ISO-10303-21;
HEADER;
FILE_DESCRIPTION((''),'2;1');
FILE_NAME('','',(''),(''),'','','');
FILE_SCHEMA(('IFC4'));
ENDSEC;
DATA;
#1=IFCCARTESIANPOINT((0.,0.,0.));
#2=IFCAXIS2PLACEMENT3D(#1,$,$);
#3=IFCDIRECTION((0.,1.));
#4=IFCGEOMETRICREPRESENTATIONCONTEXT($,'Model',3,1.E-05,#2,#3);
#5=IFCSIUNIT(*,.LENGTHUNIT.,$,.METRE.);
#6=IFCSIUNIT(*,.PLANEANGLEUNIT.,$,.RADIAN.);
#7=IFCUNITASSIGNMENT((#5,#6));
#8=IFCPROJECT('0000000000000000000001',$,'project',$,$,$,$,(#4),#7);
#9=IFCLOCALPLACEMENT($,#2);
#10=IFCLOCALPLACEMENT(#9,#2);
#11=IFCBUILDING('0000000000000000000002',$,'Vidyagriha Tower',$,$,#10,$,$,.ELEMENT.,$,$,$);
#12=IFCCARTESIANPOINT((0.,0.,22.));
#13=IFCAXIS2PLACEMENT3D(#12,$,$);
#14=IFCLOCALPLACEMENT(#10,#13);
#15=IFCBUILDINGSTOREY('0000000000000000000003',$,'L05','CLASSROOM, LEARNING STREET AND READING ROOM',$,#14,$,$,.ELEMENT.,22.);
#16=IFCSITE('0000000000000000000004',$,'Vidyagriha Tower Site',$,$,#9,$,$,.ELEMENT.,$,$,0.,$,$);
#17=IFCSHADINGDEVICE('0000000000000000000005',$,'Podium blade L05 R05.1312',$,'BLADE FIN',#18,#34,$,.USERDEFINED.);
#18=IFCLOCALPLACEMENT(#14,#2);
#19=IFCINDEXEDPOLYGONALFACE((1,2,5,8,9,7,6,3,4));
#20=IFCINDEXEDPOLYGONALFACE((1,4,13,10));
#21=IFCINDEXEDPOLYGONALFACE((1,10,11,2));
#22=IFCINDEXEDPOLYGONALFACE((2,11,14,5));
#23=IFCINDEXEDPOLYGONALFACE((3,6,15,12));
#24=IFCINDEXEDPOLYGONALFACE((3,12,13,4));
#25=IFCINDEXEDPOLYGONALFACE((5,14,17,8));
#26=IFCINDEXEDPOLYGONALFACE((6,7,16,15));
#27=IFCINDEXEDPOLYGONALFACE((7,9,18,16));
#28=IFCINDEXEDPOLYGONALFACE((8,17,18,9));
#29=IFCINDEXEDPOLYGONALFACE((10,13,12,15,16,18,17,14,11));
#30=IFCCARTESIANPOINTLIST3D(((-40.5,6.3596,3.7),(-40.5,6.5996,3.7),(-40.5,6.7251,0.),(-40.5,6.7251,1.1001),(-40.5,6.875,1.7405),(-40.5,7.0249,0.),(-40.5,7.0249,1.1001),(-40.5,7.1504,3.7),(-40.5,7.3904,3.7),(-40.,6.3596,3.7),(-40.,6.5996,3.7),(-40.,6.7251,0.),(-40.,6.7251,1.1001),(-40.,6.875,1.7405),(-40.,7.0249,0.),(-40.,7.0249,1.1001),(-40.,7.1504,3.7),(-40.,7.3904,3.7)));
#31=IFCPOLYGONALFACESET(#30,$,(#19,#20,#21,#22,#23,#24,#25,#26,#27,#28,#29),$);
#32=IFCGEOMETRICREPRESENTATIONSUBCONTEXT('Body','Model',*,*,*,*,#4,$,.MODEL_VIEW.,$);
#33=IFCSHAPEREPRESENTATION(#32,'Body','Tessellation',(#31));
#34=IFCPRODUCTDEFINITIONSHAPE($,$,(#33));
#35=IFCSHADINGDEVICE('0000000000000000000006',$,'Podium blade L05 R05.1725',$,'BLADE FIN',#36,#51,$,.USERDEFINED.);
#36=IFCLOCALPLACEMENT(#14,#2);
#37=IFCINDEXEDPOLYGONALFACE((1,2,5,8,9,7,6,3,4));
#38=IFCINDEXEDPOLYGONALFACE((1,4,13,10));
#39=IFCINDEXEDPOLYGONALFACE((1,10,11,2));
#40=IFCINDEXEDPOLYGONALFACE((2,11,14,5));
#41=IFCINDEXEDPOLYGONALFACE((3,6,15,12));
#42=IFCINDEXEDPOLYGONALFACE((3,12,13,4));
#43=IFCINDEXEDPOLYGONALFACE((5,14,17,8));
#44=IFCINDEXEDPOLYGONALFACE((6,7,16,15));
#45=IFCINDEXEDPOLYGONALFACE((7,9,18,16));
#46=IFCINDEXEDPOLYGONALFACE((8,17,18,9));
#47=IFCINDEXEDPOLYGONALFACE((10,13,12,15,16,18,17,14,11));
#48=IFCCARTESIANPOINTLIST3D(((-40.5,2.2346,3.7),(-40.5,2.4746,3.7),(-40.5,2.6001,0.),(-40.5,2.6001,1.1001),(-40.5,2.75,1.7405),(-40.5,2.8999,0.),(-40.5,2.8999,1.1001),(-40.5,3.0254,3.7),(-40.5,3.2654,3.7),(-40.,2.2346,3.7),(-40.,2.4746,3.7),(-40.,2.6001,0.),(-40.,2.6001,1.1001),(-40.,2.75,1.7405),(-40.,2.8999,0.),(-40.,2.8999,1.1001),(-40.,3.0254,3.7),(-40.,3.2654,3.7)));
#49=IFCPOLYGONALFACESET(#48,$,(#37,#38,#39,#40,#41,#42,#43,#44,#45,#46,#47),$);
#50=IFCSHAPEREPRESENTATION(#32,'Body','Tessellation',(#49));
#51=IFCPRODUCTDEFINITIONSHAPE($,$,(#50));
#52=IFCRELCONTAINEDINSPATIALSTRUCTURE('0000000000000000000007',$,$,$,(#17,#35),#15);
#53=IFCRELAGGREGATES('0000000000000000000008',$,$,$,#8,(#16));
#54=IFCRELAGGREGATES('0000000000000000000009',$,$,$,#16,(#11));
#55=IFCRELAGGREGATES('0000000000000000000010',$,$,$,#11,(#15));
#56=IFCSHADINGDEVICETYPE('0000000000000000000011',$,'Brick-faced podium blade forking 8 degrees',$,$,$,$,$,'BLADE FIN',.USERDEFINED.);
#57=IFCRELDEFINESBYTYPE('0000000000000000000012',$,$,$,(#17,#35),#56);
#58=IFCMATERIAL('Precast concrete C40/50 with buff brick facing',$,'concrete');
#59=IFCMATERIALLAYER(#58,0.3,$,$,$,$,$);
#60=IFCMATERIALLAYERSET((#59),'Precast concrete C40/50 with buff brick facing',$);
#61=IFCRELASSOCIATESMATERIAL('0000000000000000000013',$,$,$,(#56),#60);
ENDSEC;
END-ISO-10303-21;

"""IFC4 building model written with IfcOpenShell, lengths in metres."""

from ifc_helpers import new_model, si_unit, direction, frame, origin, place, context, subcontext, project, spatial, polyline, outline, extrude, material, layer, layer_set, type_object, element, save


model = new_model("IFC4")

# Units and contexts
model_context = context("Model", 3, precision=1e-05, world=origin(), true_north=direction((0.0, 1.0)))
body_context = subcontext(model_context, "Body", "Model", "MODEL_VIEW")
ifc_project = project(units=[si_unit("LENGTHUNIT", "METRE"), si_unit("PLANEANGLEUNIT", "RADIAN")], contexts=[model_context])

# Site, building, storey
site_placement = place(None, origin())
site = spatial("IfcSite", under=ifc_project, at=site_placement, Name="Vidyagriha Tower Site", CompositionType="ELEMENT", RefElevation=0.0)
building_placement = place(site_placement, origin())
building = spatial("IfcBuilding", under=site, at=building_placement, Name="Vidyagriha Tower", CompositionType="ELEMENT")
storey_placement = place(building_placement, frame((0.0, 0.0, 22.0)))
storey = spatial("IfcBuildingStorey", under=building, at=storey_placement, Name="L05", Description="CLASSROOM, LEARNING STREET AND READING ROOM", CompositionType="ELEMENT", Elevation=22.0)

# Shading devices
ifc_material_1 = material(Name="Precast concrete C40/50 with buff brick facing", Category="concrete")
ifc_layer_1 = layer(ifc_material_1, 0.3)
ifc_layer_set_1 = layer_set([ifc_layer_1], Name="Precast concrete C40/50 with buff brick facing")
shading_device_type_1 = type_object("IfcShadingDeviceType", Name="Brick-faced podium blade forking 8 degrees", ElementType="BLADE FIN", PredefinedType="USERDEFINED", material=ifc_layer_set_1)
for number, where, z_axis, x_axis, name in (
    (1, (-40.25, 7.3904, 0.0), (0.0, 0.0, 1.0), (0.0, -1.0, 0.0), "Podium blade L05 R05.1312"),
    (2, (-40.25, 3.2654, 0.0), (0.0, 0.0, 1.0), (0.0, -1.0, 0.0), "Podium blade L05 R05.1725"),
):
    element("IfcShadingDevice", number, at=place(storey_placement, frame(where, z_axis=z_axis, x_axis=x_axis)), inside=storey, type_object=shading_device_type_1, Name=name, ObjectType="BLADE FIN", PredefinedType="USERDEFINED", context=body_context, shape_type="SweptSolid", body=[
        extrude(outline(polyline([(0.6653, 0.0), (0.6653, 1.1001), (1.0308, 3.7), (0.7908, 3.7), (0.5154, 1.7405), (0.24, 3.7), (0.0, 3.7), (0.3655, 1.1001), (0.3655, 0.0), (0.6653, 0.0)])), frame((0.0, 0.25, 0.0), z_axis=(0.0, -1.0, 0.0), x_axis=(1.0, 0.0, 0.0)), (0.0, 0.0, 1.0), 0.5),
    ])

save(model, "model.ifc")
